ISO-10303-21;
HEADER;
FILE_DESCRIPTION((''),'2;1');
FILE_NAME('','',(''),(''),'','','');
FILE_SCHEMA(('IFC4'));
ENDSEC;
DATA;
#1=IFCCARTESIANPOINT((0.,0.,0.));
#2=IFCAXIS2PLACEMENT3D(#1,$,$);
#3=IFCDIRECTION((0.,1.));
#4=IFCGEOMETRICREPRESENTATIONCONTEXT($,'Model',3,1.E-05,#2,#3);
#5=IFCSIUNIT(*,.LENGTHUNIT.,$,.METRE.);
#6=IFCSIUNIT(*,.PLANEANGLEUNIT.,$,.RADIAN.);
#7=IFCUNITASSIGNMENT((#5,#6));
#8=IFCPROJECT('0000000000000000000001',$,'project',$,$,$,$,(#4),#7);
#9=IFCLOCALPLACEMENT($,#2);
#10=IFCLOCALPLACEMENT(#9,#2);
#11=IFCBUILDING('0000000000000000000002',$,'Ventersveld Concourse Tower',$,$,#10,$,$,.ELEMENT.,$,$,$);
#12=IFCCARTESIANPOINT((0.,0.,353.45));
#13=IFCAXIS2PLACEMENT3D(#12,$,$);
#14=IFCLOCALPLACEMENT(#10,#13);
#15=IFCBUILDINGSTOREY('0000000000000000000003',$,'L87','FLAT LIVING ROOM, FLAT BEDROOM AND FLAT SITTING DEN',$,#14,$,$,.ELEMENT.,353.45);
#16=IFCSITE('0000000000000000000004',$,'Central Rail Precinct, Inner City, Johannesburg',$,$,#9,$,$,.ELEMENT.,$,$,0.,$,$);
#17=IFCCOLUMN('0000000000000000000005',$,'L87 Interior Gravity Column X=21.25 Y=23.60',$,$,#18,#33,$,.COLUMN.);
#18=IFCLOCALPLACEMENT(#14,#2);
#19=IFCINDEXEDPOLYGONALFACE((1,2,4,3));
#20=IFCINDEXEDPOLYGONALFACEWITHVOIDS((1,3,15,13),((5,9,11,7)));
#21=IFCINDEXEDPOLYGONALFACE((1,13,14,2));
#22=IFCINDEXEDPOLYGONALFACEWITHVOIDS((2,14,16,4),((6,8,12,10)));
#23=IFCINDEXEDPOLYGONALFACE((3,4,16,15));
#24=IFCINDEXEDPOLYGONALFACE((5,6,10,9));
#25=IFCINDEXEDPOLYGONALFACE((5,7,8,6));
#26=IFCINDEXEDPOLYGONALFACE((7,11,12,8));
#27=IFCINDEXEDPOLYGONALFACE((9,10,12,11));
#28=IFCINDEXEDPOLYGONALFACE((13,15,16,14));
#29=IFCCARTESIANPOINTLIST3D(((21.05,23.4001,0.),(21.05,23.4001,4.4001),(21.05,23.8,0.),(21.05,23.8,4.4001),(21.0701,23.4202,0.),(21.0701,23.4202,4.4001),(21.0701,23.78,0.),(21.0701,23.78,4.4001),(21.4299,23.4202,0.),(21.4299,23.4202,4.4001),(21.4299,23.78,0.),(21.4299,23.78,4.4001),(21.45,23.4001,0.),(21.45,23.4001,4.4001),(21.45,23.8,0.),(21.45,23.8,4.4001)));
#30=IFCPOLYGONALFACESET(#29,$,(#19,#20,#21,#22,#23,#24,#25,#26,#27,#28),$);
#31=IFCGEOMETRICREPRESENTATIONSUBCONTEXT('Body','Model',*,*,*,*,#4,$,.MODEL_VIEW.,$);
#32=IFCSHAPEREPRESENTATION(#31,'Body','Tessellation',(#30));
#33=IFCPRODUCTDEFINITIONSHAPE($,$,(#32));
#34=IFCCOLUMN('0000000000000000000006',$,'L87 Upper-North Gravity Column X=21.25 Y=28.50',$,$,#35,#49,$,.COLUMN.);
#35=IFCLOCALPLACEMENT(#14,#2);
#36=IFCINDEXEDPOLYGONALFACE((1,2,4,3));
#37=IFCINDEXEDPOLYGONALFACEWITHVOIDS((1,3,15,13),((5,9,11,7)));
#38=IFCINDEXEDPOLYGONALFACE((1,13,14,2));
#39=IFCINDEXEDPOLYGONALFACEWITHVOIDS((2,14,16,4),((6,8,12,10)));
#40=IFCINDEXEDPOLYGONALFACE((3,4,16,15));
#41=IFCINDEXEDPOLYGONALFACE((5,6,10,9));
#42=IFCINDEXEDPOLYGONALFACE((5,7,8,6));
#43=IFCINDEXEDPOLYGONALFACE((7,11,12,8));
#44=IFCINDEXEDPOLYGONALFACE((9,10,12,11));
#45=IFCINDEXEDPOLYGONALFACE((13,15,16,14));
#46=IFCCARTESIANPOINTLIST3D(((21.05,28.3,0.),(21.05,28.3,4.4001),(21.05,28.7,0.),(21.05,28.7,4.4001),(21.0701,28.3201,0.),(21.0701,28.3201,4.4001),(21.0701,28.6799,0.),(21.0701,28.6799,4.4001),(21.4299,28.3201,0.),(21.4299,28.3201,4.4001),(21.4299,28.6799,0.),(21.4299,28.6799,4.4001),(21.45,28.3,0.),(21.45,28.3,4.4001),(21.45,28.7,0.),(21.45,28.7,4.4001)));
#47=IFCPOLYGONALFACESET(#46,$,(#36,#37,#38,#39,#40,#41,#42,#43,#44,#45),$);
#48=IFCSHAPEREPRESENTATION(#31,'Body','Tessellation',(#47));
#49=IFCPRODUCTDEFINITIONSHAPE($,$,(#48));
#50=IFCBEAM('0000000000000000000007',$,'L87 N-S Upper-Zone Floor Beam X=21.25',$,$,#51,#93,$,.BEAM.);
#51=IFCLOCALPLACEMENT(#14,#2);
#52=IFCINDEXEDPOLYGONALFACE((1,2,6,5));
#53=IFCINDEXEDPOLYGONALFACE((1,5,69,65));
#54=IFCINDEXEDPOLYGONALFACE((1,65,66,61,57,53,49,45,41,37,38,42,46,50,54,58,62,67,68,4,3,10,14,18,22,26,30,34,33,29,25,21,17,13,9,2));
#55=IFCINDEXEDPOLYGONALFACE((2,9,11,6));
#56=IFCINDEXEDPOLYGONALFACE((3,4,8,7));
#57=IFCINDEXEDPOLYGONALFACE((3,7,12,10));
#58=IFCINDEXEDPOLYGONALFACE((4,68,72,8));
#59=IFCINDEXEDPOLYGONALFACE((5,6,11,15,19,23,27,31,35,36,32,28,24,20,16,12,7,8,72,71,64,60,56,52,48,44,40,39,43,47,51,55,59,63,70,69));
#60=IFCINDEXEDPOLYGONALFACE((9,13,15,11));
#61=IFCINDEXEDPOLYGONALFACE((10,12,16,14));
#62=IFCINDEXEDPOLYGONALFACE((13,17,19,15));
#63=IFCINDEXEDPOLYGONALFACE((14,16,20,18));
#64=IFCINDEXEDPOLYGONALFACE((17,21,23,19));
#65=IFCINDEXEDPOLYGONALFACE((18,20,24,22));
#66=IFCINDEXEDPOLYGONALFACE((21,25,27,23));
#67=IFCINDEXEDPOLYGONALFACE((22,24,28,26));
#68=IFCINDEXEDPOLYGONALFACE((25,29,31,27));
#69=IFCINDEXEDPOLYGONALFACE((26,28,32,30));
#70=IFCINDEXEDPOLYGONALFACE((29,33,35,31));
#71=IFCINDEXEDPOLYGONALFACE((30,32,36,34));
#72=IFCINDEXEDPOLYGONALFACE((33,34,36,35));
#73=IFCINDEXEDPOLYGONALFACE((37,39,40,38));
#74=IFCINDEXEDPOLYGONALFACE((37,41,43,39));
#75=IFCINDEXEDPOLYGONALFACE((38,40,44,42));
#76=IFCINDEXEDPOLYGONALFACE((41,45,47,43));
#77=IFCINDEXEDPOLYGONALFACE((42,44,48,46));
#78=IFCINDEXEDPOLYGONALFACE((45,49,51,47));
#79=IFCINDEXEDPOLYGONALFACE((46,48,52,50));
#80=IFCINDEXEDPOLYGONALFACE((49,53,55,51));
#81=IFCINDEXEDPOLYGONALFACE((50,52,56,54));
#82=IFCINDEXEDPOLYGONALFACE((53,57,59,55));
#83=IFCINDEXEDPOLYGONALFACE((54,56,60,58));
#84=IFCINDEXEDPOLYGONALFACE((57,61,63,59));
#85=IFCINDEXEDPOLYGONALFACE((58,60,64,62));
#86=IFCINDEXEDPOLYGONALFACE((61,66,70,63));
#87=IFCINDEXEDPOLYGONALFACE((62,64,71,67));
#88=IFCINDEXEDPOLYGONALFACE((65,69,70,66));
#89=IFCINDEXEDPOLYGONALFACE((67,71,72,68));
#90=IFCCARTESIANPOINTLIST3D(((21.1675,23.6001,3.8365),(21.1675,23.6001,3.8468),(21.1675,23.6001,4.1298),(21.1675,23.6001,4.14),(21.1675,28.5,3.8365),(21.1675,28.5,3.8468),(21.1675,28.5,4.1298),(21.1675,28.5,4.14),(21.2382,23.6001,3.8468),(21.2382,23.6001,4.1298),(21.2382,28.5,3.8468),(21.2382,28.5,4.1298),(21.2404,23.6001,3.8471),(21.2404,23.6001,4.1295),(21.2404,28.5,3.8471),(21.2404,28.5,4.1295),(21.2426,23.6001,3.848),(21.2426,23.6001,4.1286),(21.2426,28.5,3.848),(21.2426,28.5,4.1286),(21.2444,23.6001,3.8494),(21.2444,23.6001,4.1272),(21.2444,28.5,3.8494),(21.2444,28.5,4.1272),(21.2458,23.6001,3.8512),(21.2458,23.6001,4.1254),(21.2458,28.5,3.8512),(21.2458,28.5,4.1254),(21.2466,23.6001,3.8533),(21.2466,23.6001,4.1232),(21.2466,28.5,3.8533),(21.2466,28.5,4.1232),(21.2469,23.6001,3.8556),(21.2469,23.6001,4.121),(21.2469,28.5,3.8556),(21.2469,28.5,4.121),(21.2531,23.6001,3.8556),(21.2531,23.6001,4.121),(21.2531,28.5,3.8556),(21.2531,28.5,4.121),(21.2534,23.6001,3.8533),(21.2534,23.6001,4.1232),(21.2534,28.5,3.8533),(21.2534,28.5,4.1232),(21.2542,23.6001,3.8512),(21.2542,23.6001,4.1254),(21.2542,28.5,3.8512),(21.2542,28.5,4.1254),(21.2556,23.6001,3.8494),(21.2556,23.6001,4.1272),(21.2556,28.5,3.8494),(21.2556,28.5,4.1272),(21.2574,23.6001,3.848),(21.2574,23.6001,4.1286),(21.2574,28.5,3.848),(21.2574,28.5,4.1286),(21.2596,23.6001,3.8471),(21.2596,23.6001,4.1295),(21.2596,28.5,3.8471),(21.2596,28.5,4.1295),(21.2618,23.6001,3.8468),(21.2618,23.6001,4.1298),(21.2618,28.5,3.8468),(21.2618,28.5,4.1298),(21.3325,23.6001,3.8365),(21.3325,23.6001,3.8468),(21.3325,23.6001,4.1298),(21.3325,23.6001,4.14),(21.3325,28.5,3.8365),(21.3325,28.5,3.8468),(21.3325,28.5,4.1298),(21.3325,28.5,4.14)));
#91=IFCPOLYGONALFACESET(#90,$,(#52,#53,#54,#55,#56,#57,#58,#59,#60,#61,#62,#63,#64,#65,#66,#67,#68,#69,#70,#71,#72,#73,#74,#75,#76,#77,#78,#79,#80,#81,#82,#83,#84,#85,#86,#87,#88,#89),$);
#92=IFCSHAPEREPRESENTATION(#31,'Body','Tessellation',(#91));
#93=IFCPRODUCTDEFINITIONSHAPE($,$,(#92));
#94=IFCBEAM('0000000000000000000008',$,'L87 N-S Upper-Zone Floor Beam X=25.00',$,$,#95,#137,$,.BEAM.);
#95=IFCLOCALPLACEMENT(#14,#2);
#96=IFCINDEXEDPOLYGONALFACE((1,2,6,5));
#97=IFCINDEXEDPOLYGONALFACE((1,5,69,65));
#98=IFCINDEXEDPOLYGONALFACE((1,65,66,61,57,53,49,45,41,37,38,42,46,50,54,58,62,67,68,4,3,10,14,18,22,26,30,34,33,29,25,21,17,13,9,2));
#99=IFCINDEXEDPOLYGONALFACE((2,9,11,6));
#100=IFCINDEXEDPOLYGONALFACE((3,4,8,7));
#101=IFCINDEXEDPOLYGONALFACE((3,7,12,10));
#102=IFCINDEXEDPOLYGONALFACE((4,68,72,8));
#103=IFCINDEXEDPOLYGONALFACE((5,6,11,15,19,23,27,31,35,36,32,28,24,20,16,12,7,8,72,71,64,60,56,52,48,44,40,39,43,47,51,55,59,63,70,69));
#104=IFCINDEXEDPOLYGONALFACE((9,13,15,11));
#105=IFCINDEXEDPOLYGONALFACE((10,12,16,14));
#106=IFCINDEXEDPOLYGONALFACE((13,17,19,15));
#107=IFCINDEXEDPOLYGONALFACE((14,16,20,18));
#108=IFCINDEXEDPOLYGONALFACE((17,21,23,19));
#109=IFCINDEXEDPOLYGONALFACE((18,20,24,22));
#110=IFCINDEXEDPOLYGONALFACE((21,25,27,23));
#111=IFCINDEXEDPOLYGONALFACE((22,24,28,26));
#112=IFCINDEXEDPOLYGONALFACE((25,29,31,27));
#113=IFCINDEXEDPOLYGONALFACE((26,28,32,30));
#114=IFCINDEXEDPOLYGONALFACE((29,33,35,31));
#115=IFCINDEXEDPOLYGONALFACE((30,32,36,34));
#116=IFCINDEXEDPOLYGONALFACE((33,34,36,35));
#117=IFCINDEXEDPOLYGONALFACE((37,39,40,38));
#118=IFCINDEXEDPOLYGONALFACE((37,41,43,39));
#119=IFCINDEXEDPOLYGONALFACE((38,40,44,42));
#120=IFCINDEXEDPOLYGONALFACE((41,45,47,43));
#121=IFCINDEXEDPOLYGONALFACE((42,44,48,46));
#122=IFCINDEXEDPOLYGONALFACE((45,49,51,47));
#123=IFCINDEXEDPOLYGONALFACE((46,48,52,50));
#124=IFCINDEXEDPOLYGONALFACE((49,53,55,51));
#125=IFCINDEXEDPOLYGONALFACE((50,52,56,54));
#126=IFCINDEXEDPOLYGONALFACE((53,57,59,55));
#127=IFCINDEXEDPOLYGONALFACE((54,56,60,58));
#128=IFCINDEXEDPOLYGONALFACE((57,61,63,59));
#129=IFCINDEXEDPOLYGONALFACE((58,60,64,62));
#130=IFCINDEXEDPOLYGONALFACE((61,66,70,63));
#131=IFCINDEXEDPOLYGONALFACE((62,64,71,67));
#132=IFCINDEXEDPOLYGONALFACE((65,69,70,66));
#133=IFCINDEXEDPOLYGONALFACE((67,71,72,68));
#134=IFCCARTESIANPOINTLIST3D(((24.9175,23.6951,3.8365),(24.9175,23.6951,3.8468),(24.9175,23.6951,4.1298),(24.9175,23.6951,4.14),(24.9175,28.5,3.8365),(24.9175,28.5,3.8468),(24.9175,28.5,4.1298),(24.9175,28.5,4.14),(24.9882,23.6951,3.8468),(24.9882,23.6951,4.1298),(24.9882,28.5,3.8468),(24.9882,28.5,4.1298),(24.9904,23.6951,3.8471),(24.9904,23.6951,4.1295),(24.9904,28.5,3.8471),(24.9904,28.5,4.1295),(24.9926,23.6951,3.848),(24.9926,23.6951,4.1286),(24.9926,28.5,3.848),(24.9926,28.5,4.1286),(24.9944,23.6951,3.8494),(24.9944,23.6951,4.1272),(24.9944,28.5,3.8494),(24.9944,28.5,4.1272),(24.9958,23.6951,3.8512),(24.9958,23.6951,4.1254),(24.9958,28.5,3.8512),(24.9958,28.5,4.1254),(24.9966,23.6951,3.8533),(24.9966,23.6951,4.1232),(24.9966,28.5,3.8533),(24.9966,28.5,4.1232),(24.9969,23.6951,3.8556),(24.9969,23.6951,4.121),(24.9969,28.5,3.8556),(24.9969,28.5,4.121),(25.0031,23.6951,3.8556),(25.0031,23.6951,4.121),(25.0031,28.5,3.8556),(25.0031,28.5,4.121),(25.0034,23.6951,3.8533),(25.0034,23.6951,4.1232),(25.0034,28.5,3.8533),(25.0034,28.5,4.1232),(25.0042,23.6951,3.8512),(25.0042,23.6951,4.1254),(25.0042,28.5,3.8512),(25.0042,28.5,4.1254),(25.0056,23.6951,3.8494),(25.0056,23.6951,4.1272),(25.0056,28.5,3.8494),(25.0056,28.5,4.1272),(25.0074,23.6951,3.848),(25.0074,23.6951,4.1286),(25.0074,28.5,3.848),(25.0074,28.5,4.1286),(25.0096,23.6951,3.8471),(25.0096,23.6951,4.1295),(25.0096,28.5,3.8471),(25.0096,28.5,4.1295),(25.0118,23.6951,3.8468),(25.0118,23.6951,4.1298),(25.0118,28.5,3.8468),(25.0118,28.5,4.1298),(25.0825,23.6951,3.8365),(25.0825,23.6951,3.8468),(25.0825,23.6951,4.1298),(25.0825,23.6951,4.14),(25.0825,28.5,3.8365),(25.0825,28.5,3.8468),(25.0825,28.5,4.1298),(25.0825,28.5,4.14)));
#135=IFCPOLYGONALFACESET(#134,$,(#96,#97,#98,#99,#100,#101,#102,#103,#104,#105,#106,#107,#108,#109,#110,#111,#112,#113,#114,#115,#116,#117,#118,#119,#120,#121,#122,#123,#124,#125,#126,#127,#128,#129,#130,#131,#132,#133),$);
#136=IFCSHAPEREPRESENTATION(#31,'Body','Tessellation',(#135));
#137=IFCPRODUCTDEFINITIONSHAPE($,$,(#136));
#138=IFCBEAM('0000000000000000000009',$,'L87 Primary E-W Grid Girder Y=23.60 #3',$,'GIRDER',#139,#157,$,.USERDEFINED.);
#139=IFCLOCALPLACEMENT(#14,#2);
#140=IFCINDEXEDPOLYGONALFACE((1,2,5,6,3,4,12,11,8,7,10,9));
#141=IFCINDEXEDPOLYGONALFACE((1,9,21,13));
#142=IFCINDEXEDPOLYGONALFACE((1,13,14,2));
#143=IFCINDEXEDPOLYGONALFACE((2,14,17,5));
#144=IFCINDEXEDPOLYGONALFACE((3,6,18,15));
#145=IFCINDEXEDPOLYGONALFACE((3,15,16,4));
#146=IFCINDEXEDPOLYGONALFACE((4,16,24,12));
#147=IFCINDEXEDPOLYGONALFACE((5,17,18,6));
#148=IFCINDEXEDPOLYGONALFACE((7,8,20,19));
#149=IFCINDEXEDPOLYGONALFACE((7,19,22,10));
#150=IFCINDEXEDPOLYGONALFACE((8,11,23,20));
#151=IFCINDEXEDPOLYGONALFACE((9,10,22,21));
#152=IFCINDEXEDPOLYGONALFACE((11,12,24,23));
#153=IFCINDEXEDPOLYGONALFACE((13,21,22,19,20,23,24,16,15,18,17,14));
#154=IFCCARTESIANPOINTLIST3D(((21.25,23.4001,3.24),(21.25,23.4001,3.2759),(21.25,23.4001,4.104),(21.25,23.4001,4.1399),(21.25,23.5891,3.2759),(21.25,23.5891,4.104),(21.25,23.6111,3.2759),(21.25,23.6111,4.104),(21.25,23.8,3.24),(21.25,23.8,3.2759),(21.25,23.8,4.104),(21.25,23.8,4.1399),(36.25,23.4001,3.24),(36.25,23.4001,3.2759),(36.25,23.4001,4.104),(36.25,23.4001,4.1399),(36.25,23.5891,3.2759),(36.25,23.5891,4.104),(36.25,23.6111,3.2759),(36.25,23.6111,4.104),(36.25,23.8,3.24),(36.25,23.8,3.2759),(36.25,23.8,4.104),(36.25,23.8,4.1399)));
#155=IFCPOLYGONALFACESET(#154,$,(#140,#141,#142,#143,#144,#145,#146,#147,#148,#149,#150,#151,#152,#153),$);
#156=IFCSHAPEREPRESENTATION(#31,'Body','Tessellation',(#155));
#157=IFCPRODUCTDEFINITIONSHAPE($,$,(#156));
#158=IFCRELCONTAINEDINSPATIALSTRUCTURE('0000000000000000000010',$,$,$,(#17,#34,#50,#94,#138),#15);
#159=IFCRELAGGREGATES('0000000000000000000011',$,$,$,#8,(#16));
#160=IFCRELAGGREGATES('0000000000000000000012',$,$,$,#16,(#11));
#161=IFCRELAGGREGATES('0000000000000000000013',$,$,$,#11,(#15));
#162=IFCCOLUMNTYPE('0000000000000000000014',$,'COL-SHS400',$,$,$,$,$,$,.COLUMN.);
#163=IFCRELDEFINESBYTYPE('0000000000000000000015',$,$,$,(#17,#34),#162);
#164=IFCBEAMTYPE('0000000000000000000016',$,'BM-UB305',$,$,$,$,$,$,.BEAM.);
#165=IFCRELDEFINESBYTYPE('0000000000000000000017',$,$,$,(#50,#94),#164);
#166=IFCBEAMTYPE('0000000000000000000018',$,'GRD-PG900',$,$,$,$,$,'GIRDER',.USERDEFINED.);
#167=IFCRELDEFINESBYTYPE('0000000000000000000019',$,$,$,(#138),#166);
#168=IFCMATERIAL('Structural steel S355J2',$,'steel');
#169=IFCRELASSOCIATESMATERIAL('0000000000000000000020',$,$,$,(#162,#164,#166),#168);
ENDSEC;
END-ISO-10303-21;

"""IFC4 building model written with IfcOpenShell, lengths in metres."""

from ifc_helpers import new_model, si_unit, direction, frame, origin, origin_2d, place, context, subcontext, project, spatial, hollow_rectangle, i_section, extrude, material, material_profile, profile_set, type_object, element, save


model = new_model("IFC4")

# Units and contexts
model_context = context("Model", 3, precision=1e-05, world=origin(), true_north=direction((0.0, 1.0)))
body_context = subcontext(model_context, "Body", "Model", "MODEL_VIEW")
ifc_project = project(units=[si_unit("LENGTHUNIT", "METRE"), si_unit("PLANEANGLEUNIT", "RADIAN")], contexts=[model_context])

# Site, building, storey
site_placement = place(None, origin())
site = spatial("IfcSite", under=ifc_project, at=site_placement, Name="Central Rail Precinct, Inner City, Johannesburg", CompositionType="ELEMENT", RefElevation=0.0)
building_placement = place(site_placement, origin())
building = spatial("IfcBuilding", under=site, at=building_placement, Name="Ventersveld Concourse Tower", CompositionType="ELEMENT")
storey_placement = place(building_placement, frame((0.0, 0.0, 353.45)))
storey = spatial("IfcBuildingStorey", under=building, at=storey_placement, Name="L87", Description="FLAT LIVING ROOM, FLAT BEDROOM AND FLAT SITTING DEN", CompositionType="ELEMENT", Elevation=353.45)

# Columns
ifc_material_1 = material(Name="Structural steel S355J2", Category="steel")
ifc_material_profile_1 = material_profile(ifc_material_1, hollow_rectangle(XDim=0.3999, YDim=0.3999, WallThickness=0.02, at=origin_2d()), Name="SHS 400x400x20")
ifc_profile_set_1 = profile_set([ifc_material_profile_1], Name="Structural steel S355J2")
column_type = type_object("IfcColumnType", Name="COL-SHS400", PredefinedType="COLUMN", material=ifc_profile_set_1)
for number, where, z_axis, x_axis, name in (
    (1, (21.25, 23.6001, 0.0), (0.0, 0.0, 1.0), (1.0, 0.0, 0.0), "L87 Interior Gravity Column X=21.25 Y=23.60"),
    (2, (21.25, 28.5, 0.0), (0.0, 0.0, 1.0), (1.0, 0.0, 0.0), "L87 Upper-North Gravity Column X=21.25 Y=28.50"),
):
    element("IfcColumn", number, at=place(storey_placement, frame(where, z_axis=z_axis, x_axis=x_axis)), inside=storey, type_object=column_type, Name=name, PredefinedType="COLUMN", context=body_context, shape_type="SweptSolid", body=[
        extrude(hollow_rectangle(XDim=0.3999, YDim=0.3999, WallThickness=0.02, at=origin_2d()), origin(), (0.0, 0.0, 1.0), 4.4001),
    ])

# Beams
ifc_material_profile_2 = material_profile(ifc_material_1, i_section(OverallWidth=0.165, OverallDepth=0.3035, WebThickness=0.0061, FlangeThickness=0.0103, FilletRadius=0.0088, at=origin_2d()), Name="UB 305x165x40")
ifc_profile_set_2 = profile_set([ifc_material_profile_2], Name="Structural steel S355J2")
beam_type_1 = type_object("IfcBeamType", Name="BM-UB305", PredefinedType="BEAM", material=ifc_profile_set_2)
beam_1_placement = place(storey_placement, frame((21.25, 23.6001, 3.9883), z_axis=(0.0, 1.0, 0.0), x_axis=(-1.0, 0.0, 0.0)))
element("IfcBeam", 3, at=beam_1_placement, inside=storey, type_object=beam_type_1, Name="L87 N-S Upper-Zone Floor Beam X=21.25", PredefinedType="BEAM", context=body_context, shape_type="SweptSolid", body=[
    extrude(i_section(OverallWidth=0.165, OverallDepth=0.3035, WebThickness=0.0061, FlangeThickness=0.0103, FilletRadius=0.0088, at=origin_2d()), origin(), (0.0, 0.0, 1.0), 4.8999),
])
beam_2_placement = place(storey_placement, frame((25.0, 23.6951, 3.9883), z_axis=(0.0, 1.0, 0.0), x_axis=(-1.0, 0.0, 0.0)))
element("IfcBeam", 4, at=beam_2_placement, inside=storey, type_object=beam_type_1, Name="L87 N-S Upper-Zone Floor Beam X=25.00", PredefinedType="BEAM", context=body_context, shape_type="SweptSolid", body=[
    extrude(i_section(OverallWidth=0.165, OverallDepth=0.3035, WebThickness=0.0061, FlangeThickness=0.0103, FilletRadius=0.0088, at=origin_2d()), origin(), (0.0, 0.0, 1.0), 4.8049),
])
ifc_material_profile_3 = material_profile(ifc_material_1, i_section(OverallWidth=0.3999, OverallDepth=0.8999, WebThickness=0.022, FlangeThickness=0.0359, at=origin_2d()), Name="PG 900x400x36")
ifc_profile_set_3 = profile_set([ifc_material_profile_3], Name="Structural steel S355J2")
beam_type_2 = type_object("IfcBeamType", Name="GRD-PG900", ElementType="GIRDER", PredefinedType="USERDEFINED", material=ifc_profile_set_3)
beam_3_placement = place(storey_placement, frame((21.25, 23.6001, 3.6899), z_axis=(1.0, 0.0, 0.0), x_axis=(0.0, 1.0, 0.0)))
element("IfcBeam", 5, at=beam_3_placement, inside=storey, type_object=beam_type_2, Name="L87 Primary E-W Grid Girder Y=23.60 #3", ObjectType="GIRDER", PredefinedType="USERDEFINED", context=body_context, shape_type="SweptSolid", body=[
    extrude(i_section(OverallWidth=0.3999, OverallDepth=0.8999, WebThickness=0.022, FlangeThickness=0.0359, at=origin_2d()), origin(), (0.0, 0.0, 1.0), 15.0),
])

save(model, "model.ifc")
